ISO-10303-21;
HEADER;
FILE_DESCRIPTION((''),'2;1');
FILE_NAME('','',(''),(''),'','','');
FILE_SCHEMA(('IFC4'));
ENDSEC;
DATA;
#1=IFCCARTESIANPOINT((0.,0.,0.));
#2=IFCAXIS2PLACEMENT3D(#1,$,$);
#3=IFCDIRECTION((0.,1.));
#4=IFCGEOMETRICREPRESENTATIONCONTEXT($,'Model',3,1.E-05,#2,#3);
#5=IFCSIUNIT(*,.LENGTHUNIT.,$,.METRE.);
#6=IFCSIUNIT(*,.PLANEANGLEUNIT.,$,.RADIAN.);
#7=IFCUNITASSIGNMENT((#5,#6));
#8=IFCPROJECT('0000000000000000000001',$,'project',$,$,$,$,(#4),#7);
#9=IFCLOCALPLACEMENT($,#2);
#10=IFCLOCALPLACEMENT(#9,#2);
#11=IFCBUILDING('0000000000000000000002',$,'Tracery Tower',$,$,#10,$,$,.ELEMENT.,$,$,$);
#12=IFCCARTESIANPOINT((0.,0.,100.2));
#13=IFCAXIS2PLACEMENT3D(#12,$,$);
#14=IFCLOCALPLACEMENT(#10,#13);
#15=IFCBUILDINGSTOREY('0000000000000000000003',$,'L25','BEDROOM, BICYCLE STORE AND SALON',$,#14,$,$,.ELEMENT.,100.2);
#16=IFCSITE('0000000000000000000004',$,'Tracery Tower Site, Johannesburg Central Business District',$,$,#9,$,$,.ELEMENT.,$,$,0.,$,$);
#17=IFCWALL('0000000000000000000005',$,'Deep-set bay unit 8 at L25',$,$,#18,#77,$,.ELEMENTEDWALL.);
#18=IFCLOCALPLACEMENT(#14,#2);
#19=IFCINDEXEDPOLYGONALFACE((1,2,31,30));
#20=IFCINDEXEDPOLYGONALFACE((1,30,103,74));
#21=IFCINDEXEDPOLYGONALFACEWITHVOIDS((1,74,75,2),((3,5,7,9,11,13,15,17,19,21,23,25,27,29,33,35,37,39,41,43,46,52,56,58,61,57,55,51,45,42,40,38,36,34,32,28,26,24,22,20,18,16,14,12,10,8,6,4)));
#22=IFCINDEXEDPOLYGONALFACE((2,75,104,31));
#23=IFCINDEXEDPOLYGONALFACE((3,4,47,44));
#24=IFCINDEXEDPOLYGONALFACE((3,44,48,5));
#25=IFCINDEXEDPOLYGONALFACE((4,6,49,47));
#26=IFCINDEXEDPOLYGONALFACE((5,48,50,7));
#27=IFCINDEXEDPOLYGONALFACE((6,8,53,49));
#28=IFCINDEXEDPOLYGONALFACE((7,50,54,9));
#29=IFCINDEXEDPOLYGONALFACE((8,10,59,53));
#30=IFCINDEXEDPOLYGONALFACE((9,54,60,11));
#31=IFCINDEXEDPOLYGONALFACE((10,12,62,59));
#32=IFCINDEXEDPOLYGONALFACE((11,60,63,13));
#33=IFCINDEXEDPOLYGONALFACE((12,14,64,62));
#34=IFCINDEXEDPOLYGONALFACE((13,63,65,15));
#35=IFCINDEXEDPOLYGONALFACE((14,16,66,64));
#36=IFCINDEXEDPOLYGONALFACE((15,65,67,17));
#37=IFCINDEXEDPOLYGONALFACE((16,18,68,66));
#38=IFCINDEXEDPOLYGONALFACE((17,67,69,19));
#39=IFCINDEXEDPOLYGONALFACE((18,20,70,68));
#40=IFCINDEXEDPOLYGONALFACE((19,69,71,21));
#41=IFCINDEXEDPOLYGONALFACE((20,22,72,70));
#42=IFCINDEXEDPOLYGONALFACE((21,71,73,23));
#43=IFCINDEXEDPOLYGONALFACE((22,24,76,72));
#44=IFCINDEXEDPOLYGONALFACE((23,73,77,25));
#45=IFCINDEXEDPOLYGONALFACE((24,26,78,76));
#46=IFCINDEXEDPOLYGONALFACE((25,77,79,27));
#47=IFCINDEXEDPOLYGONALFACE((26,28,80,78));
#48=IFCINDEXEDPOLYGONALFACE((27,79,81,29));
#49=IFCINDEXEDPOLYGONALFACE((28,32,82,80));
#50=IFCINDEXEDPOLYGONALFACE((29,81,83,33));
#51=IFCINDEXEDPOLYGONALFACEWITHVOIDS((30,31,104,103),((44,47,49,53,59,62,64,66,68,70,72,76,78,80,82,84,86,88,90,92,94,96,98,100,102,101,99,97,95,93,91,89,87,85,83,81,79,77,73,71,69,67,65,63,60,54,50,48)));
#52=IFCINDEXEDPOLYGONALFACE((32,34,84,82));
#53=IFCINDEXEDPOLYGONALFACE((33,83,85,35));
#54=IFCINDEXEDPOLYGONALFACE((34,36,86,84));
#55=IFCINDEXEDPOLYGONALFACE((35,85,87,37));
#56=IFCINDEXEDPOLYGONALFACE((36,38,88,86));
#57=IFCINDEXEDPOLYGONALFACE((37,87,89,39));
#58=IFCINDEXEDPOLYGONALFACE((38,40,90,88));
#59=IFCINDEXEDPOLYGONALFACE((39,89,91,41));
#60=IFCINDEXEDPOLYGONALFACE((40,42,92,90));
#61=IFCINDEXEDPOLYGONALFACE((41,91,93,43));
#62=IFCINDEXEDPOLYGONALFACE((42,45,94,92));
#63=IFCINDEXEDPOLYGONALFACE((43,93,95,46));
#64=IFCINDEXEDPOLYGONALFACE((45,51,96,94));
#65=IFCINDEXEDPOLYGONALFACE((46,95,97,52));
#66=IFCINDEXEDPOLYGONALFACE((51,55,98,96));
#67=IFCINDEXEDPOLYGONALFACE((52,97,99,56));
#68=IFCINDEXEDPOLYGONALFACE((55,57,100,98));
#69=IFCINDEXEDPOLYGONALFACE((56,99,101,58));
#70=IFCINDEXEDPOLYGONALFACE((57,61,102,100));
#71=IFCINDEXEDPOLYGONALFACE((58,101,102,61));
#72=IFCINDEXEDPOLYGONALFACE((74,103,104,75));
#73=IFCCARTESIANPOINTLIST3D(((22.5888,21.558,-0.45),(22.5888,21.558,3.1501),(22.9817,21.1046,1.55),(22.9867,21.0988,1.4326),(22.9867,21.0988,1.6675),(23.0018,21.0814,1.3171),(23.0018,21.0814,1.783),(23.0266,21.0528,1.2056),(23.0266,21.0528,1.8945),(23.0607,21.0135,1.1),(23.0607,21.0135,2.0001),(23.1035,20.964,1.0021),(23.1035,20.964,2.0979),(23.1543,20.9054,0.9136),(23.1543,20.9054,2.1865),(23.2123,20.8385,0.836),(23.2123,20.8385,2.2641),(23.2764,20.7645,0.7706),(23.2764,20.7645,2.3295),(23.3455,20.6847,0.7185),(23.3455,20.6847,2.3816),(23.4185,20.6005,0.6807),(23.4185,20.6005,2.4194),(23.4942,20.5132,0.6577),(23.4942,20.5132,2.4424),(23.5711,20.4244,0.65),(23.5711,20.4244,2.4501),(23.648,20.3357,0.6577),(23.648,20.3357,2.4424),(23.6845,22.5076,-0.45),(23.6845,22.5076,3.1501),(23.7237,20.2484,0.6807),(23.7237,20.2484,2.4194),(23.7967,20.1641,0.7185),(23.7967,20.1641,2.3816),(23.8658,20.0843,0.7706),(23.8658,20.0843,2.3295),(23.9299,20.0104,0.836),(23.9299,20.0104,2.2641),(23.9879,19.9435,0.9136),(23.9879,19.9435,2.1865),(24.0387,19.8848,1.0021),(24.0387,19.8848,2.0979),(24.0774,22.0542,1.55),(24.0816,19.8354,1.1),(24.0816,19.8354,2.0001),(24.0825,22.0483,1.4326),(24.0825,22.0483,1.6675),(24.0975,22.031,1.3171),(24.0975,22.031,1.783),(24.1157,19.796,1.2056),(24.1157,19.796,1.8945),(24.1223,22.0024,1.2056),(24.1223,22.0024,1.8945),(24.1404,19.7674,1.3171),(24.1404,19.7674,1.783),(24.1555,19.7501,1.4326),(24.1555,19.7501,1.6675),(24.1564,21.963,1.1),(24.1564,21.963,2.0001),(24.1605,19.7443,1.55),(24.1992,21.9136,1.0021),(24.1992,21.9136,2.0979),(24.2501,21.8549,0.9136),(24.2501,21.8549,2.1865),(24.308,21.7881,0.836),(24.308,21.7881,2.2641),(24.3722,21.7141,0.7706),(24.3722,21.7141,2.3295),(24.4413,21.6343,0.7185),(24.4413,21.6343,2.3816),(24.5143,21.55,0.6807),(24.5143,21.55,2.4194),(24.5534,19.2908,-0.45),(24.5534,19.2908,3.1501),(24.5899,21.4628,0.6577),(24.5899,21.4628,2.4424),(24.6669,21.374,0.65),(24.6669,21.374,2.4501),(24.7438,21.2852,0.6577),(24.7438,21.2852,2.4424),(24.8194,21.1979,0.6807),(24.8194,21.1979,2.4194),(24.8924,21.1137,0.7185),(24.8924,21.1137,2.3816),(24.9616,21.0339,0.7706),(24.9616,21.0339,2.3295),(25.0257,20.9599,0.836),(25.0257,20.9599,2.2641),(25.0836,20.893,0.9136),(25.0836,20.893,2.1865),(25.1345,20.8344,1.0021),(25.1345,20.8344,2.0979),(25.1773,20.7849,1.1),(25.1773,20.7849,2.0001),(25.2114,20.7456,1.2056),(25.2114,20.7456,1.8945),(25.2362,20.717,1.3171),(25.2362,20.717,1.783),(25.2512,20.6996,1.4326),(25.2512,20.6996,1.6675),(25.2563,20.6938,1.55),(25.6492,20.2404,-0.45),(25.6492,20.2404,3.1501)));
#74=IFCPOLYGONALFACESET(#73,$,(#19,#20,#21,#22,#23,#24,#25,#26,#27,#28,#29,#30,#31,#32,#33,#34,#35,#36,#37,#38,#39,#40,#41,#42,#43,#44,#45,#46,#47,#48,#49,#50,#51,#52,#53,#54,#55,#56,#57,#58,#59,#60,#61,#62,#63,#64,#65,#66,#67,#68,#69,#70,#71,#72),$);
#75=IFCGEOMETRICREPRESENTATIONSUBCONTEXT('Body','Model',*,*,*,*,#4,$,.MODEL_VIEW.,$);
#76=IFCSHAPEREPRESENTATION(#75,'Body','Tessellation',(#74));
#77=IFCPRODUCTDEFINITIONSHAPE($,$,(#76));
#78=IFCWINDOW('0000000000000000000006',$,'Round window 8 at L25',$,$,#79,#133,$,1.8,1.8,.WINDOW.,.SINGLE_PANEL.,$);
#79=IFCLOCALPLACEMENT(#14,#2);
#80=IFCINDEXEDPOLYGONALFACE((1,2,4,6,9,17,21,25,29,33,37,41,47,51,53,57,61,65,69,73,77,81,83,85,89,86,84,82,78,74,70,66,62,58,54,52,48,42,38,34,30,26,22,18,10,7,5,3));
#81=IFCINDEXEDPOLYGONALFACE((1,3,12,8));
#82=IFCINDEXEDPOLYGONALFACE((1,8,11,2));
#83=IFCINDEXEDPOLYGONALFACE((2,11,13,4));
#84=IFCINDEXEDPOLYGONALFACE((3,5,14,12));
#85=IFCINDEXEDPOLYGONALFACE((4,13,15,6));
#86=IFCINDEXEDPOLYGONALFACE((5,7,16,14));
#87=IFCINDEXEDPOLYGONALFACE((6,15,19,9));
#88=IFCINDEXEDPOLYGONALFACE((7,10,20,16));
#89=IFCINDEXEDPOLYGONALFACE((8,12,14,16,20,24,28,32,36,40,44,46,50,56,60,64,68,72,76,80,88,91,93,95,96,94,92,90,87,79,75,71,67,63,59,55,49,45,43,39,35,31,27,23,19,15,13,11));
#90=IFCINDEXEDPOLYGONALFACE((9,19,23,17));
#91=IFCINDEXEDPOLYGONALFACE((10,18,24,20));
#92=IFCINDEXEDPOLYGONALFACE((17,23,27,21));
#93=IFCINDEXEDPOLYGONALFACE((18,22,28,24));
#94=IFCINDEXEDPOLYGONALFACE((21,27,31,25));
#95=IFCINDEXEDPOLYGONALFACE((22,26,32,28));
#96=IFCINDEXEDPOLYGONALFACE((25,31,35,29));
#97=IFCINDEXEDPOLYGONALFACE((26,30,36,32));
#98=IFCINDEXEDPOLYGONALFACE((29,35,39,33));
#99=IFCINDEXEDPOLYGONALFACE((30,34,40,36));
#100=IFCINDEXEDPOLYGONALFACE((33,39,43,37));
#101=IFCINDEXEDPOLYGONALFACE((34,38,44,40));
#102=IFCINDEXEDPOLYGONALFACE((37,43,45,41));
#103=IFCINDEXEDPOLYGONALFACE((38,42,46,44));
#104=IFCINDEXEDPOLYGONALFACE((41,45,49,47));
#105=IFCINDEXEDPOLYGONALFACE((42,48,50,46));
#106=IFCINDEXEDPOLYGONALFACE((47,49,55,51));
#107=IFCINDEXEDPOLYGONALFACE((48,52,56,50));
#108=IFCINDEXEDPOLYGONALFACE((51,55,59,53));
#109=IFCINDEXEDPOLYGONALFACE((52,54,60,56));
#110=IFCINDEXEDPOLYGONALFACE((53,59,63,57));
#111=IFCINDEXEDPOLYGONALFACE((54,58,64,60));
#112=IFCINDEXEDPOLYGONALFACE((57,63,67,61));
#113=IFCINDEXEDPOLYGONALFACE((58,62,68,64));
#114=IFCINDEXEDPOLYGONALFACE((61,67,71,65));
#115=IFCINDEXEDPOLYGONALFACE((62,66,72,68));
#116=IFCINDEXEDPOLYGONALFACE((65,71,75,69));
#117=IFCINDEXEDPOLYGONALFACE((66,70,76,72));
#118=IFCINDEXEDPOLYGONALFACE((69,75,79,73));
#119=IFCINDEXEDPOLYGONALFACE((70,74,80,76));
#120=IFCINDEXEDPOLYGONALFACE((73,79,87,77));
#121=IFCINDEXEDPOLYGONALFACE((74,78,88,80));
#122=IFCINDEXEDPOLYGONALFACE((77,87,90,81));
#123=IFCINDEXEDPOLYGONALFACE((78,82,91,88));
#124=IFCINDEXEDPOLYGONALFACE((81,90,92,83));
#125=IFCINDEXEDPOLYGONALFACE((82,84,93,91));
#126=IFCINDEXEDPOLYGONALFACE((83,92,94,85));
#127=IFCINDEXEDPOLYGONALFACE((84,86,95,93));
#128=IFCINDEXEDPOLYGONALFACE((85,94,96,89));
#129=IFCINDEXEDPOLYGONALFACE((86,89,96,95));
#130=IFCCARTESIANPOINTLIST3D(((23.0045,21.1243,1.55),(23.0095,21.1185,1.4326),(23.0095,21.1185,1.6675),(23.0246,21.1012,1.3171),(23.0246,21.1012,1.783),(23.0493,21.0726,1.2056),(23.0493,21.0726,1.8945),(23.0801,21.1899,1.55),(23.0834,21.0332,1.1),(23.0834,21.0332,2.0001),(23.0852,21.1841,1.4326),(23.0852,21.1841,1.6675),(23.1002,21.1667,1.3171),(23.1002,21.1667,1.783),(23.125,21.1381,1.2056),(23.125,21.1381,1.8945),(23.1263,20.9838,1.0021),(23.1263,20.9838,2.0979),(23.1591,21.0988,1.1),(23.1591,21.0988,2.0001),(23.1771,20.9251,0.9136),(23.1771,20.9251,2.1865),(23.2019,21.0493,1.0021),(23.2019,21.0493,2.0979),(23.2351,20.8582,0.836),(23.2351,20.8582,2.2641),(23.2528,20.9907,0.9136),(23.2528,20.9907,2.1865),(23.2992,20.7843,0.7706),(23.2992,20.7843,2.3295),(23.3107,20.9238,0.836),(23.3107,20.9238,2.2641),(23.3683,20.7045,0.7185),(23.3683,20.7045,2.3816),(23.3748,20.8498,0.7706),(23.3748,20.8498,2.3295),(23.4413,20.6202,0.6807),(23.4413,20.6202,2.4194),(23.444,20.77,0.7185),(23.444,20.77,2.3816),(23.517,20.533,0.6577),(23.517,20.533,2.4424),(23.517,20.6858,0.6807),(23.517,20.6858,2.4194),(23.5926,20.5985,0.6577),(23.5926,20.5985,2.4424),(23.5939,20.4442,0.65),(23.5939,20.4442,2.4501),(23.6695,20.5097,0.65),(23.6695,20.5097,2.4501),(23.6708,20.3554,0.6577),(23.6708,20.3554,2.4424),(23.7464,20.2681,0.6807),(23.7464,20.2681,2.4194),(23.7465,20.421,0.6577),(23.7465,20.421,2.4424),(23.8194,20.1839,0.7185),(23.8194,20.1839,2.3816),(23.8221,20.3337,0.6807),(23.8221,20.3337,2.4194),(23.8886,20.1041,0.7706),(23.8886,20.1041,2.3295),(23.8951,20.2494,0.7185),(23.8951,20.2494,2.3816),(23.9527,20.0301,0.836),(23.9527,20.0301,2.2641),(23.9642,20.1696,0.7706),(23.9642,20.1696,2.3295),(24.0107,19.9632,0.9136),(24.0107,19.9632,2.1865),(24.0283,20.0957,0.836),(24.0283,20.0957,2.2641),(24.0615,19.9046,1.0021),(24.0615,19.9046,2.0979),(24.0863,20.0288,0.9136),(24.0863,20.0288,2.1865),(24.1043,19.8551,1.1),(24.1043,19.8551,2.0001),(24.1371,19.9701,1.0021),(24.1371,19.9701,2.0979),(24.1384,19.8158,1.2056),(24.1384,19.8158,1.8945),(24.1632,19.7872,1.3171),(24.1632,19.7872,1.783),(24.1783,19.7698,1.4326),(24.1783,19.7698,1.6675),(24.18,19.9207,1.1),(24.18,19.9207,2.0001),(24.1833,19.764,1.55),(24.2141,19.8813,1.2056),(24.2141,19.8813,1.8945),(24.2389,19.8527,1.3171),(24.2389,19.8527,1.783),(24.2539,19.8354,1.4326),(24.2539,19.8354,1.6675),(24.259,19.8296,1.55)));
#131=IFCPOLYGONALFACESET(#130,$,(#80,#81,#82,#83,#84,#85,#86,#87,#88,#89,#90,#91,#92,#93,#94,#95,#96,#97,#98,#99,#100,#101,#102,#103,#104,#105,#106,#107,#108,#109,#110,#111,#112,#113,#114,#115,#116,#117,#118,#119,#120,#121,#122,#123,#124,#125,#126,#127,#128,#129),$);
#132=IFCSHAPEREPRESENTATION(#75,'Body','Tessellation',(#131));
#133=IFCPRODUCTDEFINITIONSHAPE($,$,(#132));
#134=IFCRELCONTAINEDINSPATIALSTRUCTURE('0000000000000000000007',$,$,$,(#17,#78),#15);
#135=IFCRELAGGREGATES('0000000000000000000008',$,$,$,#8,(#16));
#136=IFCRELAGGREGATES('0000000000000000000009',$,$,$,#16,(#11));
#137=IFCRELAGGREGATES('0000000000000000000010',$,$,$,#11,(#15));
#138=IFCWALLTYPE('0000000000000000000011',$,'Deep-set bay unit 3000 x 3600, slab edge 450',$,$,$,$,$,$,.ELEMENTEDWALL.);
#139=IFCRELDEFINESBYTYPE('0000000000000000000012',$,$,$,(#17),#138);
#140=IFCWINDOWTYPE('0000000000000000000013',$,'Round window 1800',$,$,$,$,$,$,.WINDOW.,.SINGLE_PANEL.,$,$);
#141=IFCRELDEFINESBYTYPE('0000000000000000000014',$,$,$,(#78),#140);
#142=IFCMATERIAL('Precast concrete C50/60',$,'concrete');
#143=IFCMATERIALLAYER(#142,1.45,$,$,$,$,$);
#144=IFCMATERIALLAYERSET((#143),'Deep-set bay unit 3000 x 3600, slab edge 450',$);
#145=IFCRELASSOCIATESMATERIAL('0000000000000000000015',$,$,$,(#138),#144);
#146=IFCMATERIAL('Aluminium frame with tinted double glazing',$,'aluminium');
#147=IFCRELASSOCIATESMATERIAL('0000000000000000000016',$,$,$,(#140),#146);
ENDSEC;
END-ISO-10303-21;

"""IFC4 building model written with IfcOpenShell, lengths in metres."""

from ifc_helpers import new_model, si_unit, direction, frame, frame_2d, origin, origin_2d, place, context, subcontext, project, spatial, rectangle, circle, extrude, material, layer, layer_set, type_object, element, fill, save


model = new_model("IFC4")

# Units and contexts
model_context = context("Model", 3, precision=1e-05, world=origin(), true_north=direction((0.0, 1.0)))
body_context = subcontext(model_context, "Body", "Model", "MODEL_VIEW")
ifc_project = project(units=[si_unit("LENGTHUNIT", "METRE"), si_unit("PLANEANGLEUNIT", "RADIAN")], contexts=[model_context])

# Site, building, storey
site_placement = place(None, origin())
site = spatial("IfcSite", under=ifc_project, at=site_placement, Name="Tracery Tower Site, Johannesburg Central Business District", CompositionType="ELEMENT", RefElevation=0.0)
building_placement = place(site_placement, origin())
building = spatial("IfcBuilding", under=site, at=building_placement, Name="Tracery Tower", CompositionType="ELEMENT")
storey_placement = place(building_placement, frame((0.0, 0.0, 100.2)))
storey = spatial("IfcBuildingStorey", under=building, at=storey_placement, Name="L25", Description="BEDROOM, BICYCLE STORE AND SALON", CompositionType="ELEMENT", Elevation=100.2)

# Wall, opening, window
ifc_material_1 = material(Name="Precast concrete C50/60", Category="concrete")
ifc_layer_1 = layer(ifc_material_1, 1.45)
ifc_layer_set_1 = layer_set([ifc_layer_1], Name="Deep-set bay unit 3000 x 3600, slab edge 450")
wall_type_1 = type_object("IfcWallType", Name="Deep-set bay unit 3000 x 3600, slab edge 450", PredefinedType="ELEMENTEDWALL", material=ifc_layer_set_1)
ifc_material_2 = material(Name="Aluminium frame with tinted double glazing", Category="aluminium")
window_type = type_object("IfcWindowType", Name="Round window 1800", PartitioningType="SINGLE_PANEL", PredefinedType="WINDOW", material=ifc_material_2)
wall_1_placement = place(storey_placement, frame((25.1013, 19.7656, -0.45), z_axis=(0.0, 0.0, 1.0), x_axis=(-0.65489, 0.755724, 0.0)))
wall_1 = element("IfcWall", 1, at=wall_1_placement, inside=storey, type_object=wall_type_1, Name="Deep-set bay unit 8 at L25", PredefinedType="ELEMENTEDWALL", context=body_context, shape_type="SweptSolid", body=[
    extrude(rectangle(XDim=3.0, YDim=1.45, at=frame_2d((1.5, 0.0))), origin(), (0.0, 0.0, 1.0), 3.6001),
])
opening_1_placement = place(wall_1_placement, frame((1.5, 0.0, 2.0)))
opening_1 = element("IfcOpeningElement", 2, at=opening_1_placement, cuts=wall_1, PredefinedType="OPENING", context=body_context, shape_type="SweptSolid", body=[
    extrude(circle(Radius=0.9, at=origin_2d()), frame((0.0, 0.7349, 0.0), z_axis=(0.0, -1.0, 0.0), x_axis=(1.0, 0.0, 0.0)), (0.0, 0.0, 1.0), 1.47),
])
window_1_placement = place(opening_1_placement, origin())
window_1 = element("IfcWindow", 3, at=window_1_placement, inside=storey, type_object=window_type, Name="Round window 8 at L25", OverallHeight=1.8, OverallWidth=1.8, PartitioningType="SINGLE_PANEL", PredefinedType="WINDOW", context=body_context, shape_type="SweptSolid", body=[
    extrude(circle(Radius=0.9, at=origin_2d()), frame((0.0, 0.6948, 0.0), z_axis=(0.0, -1.0, 0.0), x_axis=(1.0, 0.0, 0.0)), (0.0, 0.0, 1.0), 0.1001),
])
fill(opening_1, window_1)

save(model, "model.ifc")
